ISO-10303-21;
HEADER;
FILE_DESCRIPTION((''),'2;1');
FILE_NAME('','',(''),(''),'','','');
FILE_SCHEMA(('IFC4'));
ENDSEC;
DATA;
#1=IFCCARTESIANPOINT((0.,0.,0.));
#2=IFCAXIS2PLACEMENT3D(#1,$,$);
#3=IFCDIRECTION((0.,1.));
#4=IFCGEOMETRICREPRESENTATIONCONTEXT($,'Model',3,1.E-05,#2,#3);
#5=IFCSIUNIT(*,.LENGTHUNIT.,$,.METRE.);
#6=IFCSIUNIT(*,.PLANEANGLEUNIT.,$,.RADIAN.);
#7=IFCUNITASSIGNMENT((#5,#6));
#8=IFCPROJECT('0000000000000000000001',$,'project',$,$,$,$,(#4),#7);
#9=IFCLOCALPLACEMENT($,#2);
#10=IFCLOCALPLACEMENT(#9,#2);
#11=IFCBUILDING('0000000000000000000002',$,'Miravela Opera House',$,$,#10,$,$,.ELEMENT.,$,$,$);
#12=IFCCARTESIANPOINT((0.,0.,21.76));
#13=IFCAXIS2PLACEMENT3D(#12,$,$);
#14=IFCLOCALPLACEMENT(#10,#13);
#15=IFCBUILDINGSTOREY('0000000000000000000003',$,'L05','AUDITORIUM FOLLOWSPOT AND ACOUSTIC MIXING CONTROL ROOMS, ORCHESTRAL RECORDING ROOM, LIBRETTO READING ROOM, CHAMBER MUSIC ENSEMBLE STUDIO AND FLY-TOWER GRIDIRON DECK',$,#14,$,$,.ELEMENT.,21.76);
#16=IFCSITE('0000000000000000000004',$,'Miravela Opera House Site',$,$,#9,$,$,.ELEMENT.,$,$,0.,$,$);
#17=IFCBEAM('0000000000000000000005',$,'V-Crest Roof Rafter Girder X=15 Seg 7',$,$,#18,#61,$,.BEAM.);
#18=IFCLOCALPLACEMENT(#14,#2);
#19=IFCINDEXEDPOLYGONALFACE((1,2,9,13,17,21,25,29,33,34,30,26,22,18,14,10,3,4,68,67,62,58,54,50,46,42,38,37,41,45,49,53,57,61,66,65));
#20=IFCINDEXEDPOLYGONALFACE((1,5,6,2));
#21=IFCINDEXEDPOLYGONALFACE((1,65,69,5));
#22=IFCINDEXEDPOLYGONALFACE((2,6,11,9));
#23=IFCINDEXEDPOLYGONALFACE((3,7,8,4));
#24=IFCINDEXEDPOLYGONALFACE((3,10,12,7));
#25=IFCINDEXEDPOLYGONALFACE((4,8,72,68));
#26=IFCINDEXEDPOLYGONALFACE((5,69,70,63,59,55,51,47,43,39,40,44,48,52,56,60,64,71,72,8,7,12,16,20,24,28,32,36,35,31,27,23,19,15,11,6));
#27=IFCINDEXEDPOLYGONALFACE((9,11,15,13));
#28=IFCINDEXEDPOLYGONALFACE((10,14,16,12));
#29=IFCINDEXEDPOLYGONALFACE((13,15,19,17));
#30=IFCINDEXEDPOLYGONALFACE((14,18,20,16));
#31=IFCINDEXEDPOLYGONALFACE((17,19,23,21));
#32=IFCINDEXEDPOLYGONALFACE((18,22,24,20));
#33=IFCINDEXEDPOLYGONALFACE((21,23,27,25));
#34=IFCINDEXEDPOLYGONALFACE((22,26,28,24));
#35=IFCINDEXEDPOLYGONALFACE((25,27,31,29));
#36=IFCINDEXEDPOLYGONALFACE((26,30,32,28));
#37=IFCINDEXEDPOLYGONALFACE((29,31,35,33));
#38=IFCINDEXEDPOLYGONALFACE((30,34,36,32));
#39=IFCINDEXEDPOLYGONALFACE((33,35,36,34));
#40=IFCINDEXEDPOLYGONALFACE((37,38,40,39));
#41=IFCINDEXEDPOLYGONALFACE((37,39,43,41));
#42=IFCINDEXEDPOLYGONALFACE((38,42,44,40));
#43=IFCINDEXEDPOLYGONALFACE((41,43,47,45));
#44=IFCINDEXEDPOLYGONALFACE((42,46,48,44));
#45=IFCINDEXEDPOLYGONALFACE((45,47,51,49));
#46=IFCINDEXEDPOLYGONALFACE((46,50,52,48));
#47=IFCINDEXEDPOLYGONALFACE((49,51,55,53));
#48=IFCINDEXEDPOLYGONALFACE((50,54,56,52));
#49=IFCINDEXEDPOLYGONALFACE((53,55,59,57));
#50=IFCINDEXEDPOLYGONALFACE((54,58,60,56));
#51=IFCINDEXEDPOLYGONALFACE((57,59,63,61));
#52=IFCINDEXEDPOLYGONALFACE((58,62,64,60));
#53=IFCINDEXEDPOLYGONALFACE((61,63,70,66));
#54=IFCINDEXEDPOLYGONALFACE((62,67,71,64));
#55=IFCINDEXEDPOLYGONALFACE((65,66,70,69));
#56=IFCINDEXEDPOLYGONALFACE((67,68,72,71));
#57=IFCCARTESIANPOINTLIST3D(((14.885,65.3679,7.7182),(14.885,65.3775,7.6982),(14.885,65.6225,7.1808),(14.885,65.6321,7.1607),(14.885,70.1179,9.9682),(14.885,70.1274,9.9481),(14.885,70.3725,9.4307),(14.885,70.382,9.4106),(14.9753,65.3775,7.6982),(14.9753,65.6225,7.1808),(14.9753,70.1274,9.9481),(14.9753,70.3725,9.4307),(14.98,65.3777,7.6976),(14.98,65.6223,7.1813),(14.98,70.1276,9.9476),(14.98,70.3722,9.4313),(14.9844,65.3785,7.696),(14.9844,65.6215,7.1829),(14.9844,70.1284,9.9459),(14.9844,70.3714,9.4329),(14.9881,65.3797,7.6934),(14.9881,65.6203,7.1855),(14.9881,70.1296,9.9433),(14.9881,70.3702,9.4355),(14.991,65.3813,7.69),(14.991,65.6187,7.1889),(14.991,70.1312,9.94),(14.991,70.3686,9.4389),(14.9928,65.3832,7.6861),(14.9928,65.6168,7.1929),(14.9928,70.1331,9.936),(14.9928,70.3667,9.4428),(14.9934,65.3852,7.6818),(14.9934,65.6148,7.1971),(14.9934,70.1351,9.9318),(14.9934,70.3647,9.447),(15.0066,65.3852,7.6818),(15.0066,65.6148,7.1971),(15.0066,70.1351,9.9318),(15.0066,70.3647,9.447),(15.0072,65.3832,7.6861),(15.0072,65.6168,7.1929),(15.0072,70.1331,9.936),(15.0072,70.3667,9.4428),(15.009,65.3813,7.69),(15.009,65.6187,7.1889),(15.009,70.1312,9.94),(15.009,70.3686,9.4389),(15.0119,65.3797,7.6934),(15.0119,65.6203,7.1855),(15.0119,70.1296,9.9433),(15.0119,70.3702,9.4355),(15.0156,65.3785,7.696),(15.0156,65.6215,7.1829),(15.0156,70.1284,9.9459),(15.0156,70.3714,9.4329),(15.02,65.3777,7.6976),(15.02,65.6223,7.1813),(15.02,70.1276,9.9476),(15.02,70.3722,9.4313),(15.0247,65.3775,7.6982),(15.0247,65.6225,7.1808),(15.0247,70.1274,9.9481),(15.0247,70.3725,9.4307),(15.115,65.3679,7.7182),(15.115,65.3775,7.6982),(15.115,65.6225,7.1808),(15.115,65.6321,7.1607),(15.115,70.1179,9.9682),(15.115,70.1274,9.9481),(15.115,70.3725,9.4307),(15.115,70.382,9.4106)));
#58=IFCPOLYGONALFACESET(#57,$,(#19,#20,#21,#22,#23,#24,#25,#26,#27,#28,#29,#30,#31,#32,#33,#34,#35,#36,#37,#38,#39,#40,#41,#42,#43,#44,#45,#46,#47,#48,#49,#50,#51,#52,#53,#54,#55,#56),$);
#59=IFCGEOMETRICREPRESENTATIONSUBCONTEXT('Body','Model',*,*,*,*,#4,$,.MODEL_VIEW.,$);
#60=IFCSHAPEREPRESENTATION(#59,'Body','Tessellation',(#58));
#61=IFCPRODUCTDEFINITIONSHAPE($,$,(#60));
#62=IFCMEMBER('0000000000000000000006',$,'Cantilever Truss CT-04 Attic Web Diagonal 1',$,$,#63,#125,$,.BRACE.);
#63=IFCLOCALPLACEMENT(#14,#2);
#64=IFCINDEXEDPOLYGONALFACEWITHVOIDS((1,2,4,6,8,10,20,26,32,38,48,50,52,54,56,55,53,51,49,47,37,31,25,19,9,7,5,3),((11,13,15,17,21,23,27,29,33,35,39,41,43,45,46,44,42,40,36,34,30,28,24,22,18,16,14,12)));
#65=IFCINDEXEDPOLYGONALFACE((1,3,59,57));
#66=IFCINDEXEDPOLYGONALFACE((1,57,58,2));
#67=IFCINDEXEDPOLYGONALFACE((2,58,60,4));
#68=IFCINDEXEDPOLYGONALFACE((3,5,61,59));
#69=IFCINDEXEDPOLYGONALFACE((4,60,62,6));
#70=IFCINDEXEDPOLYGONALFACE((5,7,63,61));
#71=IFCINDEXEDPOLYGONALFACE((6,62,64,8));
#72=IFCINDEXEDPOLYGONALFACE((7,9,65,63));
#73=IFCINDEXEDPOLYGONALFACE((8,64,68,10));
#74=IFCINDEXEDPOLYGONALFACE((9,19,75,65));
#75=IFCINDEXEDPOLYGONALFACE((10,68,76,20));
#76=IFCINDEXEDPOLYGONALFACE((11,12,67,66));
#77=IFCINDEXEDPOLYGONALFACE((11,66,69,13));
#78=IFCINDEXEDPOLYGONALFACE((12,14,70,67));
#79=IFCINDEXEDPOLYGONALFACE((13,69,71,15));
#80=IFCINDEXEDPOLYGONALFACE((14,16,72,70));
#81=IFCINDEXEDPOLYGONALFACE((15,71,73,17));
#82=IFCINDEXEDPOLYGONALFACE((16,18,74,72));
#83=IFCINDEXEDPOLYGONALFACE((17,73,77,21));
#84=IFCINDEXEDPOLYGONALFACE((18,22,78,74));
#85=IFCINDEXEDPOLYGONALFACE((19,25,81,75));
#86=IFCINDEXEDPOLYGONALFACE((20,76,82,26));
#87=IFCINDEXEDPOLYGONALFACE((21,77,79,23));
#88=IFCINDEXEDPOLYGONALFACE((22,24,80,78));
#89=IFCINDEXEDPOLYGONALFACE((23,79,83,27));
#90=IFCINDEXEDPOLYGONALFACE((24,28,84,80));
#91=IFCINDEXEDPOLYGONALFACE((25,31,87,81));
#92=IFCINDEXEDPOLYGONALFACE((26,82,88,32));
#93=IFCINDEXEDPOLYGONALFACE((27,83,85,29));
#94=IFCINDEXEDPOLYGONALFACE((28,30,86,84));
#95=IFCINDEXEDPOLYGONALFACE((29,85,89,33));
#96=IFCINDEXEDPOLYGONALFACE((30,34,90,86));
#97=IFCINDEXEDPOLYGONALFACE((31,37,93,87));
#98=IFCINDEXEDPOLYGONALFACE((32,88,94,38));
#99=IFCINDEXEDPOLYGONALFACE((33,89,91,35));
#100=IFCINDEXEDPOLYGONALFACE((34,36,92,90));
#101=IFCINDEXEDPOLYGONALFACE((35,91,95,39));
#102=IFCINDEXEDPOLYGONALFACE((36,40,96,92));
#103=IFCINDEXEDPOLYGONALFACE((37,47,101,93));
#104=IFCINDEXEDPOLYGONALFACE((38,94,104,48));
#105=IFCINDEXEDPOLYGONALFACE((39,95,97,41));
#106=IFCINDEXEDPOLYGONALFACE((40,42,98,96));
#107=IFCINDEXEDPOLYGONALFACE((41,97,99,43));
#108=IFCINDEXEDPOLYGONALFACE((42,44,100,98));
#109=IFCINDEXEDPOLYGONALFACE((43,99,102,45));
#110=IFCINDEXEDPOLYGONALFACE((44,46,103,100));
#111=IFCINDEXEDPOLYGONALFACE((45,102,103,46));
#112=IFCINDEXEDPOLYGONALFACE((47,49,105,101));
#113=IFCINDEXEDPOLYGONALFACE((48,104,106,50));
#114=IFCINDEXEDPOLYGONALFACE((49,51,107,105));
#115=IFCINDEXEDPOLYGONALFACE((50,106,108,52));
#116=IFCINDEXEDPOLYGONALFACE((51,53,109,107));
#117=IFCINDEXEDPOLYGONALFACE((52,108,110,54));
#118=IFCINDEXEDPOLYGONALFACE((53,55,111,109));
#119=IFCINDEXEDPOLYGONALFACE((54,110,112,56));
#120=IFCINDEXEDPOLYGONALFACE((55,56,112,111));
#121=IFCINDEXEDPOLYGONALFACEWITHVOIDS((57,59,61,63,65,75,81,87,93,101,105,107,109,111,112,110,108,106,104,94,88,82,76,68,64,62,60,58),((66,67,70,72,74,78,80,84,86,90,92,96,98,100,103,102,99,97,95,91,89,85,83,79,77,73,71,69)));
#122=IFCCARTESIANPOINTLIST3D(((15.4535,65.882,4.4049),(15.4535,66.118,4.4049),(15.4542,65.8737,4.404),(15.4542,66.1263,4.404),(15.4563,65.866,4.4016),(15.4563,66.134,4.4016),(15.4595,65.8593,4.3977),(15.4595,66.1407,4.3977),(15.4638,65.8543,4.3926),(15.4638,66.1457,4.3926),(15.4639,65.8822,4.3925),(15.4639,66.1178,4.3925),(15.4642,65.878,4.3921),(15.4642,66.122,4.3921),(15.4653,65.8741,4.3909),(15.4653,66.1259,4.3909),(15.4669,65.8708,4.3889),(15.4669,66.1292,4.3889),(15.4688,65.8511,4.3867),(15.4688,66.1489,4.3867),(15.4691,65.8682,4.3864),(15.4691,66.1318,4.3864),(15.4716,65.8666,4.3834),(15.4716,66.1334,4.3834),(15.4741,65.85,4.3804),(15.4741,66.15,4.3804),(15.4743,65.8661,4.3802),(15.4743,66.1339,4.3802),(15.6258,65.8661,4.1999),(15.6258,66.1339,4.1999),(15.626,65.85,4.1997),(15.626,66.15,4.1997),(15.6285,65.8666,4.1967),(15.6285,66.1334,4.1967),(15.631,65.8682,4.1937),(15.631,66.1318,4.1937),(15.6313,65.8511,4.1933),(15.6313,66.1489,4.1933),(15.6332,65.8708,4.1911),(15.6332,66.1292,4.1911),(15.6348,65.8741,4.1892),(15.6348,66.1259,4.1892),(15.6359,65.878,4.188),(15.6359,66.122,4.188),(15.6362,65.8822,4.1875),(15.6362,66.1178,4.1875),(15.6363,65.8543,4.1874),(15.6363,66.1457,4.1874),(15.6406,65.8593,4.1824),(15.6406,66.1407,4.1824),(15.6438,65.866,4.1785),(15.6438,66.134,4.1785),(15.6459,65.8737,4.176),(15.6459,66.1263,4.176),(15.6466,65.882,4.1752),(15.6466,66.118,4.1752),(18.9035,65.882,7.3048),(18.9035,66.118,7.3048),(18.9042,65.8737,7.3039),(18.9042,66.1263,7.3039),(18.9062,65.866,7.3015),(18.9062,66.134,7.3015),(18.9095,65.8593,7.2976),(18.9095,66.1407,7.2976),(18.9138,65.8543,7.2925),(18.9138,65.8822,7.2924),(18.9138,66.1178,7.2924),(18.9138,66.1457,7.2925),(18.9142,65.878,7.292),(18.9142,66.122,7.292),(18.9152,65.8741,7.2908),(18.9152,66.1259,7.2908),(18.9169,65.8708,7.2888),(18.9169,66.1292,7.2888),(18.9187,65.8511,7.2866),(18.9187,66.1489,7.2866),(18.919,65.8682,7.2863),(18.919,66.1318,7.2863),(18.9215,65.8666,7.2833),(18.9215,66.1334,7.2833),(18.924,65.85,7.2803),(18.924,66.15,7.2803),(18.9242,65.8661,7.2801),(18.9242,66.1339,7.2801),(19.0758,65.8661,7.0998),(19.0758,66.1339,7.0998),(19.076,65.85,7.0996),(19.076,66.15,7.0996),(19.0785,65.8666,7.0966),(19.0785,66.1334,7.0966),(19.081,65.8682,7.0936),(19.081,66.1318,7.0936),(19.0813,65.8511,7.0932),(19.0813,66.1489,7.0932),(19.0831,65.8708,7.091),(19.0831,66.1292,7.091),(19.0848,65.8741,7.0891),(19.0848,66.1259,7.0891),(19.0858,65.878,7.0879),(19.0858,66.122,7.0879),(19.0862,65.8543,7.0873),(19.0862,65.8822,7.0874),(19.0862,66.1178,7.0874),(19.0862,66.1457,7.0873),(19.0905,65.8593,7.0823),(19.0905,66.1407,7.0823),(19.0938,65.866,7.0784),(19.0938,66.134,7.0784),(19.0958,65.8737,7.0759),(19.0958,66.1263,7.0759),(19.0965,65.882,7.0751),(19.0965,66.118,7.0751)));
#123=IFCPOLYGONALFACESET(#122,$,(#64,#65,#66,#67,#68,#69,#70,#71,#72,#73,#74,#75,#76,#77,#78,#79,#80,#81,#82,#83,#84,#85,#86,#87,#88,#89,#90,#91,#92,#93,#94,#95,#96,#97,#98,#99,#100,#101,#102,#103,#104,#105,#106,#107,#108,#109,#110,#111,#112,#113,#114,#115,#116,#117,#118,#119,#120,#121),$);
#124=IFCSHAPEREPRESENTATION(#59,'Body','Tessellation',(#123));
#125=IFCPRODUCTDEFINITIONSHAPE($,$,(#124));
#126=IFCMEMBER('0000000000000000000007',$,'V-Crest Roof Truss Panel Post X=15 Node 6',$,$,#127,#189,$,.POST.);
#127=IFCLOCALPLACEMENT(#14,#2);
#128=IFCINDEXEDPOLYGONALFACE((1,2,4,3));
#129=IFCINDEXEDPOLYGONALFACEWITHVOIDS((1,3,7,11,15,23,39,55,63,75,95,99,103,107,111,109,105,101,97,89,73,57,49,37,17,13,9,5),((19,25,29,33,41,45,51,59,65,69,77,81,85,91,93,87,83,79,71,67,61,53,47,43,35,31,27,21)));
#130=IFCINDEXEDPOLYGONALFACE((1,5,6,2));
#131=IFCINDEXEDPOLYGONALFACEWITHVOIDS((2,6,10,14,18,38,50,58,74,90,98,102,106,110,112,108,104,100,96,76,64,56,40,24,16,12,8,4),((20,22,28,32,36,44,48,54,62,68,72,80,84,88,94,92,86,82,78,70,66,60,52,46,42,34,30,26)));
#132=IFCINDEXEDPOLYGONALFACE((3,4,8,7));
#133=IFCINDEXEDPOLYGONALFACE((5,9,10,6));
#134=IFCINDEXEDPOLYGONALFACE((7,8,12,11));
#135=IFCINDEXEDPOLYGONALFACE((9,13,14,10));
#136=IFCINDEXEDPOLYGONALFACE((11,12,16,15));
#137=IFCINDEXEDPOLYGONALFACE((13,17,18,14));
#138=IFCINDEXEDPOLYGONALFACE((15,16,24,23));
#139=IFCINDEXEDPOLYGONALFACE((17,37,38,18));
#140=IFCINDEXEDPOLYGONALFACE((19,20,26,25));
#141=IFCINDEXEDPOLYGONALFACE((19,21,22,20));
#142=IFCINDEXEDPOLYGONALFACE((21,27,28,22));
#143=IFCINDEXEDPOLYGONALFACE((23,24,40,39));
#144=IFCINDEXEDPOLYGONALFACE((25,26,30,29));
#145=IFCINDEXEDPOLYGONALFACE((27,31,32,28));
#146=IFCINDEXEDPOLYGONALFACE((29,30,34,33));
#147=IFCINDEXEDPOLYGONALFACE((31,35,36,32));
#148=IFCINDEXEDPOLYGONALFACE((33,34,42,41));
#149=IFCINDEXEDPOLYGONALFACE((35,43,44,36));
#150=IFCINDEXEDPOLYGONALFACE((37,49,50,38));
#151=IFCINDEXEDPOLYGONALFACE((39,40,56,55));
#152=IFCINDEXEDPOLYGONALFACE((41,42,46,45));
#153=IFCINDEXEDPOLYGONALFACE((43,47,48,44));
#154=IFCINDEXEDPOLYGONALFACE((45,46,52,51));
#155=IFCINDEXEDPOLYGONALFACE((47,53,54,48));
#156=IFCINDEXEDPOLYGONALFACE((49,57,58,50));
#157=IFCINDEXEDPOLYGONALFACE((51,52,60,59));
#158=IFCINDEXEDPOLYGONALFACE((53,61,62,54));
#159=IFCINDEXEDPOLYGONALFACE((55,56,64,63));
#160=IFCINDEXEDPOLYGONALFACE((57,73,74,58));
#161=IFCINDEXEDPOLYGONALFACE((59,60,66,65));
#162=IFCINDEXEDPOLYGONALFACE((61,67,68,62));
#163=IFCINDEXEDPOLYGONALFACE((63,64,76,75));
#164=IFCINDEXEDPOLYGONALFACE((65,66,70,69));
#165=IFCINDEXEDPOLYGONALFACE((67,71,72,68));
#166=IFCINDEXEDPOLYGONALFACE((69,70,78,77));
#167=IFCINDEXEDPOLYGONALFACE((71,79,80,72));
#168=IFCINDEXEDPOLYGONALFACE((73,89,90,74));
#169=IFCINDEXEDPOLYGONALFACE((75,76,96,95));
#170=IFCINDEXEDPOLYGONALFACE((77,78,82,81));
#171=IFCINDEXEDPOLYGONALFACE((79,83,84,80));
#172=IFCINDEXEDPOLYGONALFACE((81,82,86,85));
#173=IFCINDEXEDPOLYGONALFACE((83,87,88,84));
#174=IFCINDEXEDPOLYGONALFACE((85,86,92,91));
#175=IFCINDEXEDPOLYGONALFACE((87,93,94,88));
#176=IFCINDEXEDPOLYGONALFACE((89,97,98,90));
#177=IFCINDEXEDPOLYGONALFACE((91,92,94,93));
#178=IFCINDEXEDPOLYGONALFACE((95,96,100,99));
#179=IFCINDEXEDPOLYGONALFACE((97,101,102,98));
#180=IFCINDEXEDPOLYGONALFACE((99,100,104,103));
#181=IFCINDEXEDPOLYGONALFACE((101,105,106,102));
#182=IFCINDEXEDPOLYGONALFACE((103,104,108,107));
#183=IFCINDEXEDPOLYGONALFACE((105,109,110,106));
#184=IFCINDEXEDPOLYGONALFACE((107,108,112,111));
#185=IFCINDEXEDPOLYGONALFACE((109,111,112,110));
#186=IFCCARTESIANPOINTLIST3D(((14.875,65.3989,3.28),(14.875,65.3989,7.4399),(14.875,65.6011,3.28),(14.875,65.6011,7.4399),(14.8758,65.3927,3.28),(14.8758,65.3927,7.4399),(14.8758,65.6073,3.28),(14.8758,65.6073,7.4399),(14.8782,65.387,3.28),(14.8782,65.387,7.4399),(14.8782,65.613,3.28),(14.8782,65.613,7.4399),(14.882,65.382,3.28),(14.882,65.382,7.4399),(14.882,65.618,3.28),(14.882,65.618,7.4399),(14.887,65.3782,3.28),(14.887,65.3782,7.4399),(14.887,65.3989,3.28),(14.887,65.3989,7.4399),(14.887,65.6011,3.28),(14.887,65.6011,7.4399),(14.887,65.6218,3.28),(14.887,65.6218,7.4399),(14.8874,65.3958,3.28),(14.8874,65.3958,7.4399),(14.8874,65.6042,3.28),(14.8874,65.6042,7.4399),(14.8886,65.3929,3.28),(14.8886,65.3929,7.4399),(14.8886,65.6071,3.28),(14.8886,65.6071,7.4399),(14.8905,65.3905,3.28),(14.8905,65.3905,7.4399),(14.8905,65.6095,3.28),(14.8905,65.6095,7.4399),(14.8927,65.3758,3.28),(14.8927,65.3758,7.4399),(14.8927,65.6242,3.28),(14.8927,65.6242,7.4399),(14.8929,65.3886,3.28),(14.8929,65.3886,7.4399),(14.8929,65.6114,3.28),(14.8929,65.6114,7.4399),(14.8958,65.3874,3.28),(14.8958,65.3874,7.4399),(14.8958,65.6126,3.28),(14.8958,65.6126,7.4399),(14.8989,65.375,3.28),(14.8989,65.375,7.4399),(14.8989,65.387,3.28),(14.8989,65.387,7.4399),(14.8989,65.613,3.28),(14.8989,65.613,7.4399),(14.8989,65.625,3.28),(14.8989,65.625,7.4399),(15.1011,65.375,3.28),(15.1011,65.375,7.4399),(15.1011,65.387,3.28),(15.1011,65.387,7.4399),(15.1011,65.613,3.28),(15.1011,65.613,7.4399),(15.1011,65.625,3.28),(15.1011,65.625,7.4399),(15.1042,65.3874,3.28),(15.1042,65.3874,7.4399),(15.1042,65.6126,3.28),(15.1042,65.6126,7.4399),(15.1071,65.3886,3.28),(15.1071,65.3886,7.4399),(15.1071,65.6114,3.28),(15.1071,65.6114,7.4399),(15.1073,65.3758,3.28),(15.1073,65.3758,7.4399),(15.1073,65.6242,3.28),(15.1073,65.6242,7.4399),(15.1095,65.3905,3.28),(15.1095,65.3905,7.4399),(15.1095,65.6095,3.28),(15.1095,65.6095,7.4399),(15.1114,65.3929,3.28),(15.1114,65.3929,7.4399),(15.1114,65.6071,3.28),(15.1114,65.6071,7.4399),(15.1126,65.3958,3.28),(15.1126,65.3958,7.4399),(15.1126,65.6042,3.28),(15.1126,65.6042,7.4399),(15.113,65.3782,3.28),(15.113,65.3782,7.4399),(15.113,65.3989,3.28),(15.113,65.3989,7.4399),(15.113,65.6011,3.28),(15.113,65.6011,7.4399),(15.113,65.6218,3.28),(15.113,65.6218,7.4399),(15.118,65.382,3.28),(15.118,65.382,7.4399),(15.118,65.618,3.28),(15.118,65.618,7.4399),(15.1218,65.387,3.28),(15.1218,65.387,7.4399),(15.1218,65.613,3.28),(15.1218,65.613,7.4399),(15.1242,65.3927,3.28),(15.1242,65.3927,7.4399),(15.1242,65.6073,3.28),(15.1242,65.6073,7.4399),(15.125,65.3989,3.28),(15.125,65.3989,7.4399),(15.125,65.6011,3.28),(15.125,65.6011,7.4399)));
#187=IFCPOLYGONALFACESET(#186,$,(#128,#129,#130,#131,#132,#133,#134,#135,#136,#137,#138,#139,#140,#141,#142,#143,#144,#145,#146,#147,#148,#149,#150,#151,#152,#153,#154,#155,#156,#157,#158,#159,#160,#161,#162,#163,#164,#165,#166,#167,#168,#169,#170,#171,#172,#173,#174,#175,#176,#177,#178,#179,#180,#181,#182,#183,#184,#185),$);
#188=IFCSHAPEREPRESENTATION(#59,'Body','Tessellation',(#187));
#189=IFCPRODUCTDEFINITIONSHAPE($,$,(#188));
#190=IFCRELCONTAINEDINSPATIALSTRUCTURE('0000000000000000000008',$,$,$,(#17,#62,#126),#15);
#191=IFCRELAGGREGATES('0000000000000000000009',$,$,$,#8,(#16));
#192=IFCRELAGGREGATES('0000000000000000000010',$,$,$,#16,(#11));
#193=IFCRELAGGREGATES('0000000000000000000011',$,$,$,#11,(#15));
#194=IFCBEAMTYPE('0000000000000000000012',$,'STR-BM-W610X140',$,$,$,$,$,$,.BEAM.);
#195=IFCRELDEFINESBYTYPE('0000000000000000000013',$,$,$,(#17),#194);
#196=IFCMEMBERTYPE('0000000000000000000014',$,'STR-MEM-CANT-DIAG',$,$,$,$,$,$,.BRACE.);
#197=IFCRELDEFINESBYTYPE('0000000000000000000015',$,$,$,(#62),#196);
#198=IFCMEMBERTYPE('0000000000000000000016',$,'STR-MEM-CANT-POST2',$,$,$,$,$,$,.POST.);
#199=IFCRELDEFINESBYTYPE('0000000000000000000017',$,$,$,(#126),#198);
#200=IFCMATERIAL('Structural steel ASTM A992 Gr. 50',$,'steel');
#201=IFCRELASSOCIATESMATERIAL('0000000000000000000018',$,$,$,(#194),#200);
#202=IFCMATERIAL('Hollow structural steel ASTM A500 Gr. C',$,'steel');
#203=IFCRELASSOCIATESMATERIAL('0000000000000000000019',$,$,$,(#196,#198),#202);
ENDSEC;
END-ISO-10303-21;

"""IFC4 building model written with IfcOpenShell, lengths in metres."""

from ifc_helpers import new_model, si_unit, direction, frame, origin, origin_2d, place, context, subcontext, project, spatial, hollow_rectangle, i_section, extrude, material, material_profile, profile_set, type_object, element, save


model = new_model("IFC4")

# Units and contexts
model_context = context("Model", 3, precision=1e-05, world=origin(), true_north=direction((0.0, 1.0)))
body_context = subcontext(model_context, "Body", "Model", "MODEL_VIEW")
ifc_project = project(units=[si_unit("LENGTHUNIT", "METRE"), si_unit("PLANEANGLEUNIT", "RADIAN")], contexts=[model_context])

# Site, building, storey
site_placement = place(None, origin())
site = spatial("IfcSite", under=ifc_project, at=site_placement, Name="Miravela Opera House Site", CompositionType="ELEMENT", RefElevation=0.0)
building_placement = place(site_placement, origin())
building = spatial("IfcBuilding", under=site, at=building_placement, Name="Miravela Opera House", CompositionType="ELEMENT")
storey_placement = place(building_placement, frame((0.0, 0.0, 21.76)))
storey = spatial("IfcBuildingStorey", under=building, at=storey_placement, Name="L05", Description="AUDITORIUM FOLLOWSPOT AND ACOUSTIC MIXING CONTROL ROOMS, ORCHESTRAL RECORDING ROOM, LIBRETTO READING ROOM, CHAMBER MUSIC ENSEMBLE STUDIO AND FLY-TOWER GRIDIRON DECK", CompositionType="ELEMENT", Elevation=21.76)

# Beam
ifc_material_1 = material(Name="Structural steel ASTM A992 Gr. 50", Category="steel")
ifc_material_profile_1 = material_profile(ifc_material_1, i_section(OverallWidth=0.23, OverallDepth=0.6169, WebThickness=0.0132, FlangeThickness=0.0222, FilletRadius=0.0181, at=origin_2d()), Name="W610X140")
ifc_profile_set_1 = profile_set([ifc_material_profile_1])
beam_type_1 = type_object("IfcBeamType", Name="STR-BM-W610X140", PredefinedType="BEAM", material=ifc_profile_set_1)
beam_1_placement = place(storey_placement, frame((15.0, 65.5, 7.4395), z_axis=(0.0, 0.903738, 0.428086), x_axis=(-1.0, 0.0, 0.0)))
element("IfcBeam", 1, at=beam_1_placement, inside=storey, type_object=beam_type_1, Name="V-Crest Roof Rafter Girder X=15 Seg 7", PredefinedType="BEAM", context=body_context, shape_type="SweptSolid", body=[
    extrude(i_section(OverallWidth=0.23, OverallDepth=0.6169, WebThickness=0.0132, FlangeThickness=0.0222, FilletRadius=0.0181, at=origin_2d()), origin(), (0.0, 0.0, 1.0), 5.2559),
])

# Members
ifc_material_2 = material(Name="Hollow structural steel ASTM A500 Gr. C", Category="steel")
ifc_material_profile_2 = material_profile(ifc_material_2, hollow_rectangle(XDim=0.3, YDim=0.3, WallThickness=0.0161, InnerFilletRadius=0.0161, OuterFilletRadius=0.032, at=origin_2d()), Name="HSS300X300X16")
ifc_profile_set_2 = profile_set([ifc_material_profile_2])
member_type_1 = type_object("IfcMemberType", Name="STR-MEM-CANT-DIAG", PredefinedType="BRACE", material=ifc_profile_set_2)
member_1_placement = place(storey_placement, frame((15.55, 66.0, 4.29), z_axis=(0.765492, 0.0, 0.643445), x_axis=(0.0, 1.0, 0.0)))
element("IfcMember", 2, at=member_1_placement, inside=storey, type_object=member_type_1, Name="Cantilever Truss CT-04 Attic Web Diagonal 1", PredefinedType="BRACE", context=body_context, shape_type="SweptSolid", body=[
    extrude(hollow_rectangle(XDim=0.3, YDim=0.3, WallThickness=0.0161, InnerFilletRadius=0.0161, OuterFilletRadius=0.032, at=origin_2d()), origin(), (0.0, 0.0, 1.0), 4.5068),
])
ifc_material_profile_3 = material_profile(ifc_material_2, hollow_rectangle(XDim=0.25, YDim=0.25, WallThickness=0.012, InnerFilletRadius=0.012, OuterFilletRadius=0.0239, at=origin_2d()), Name="HSS250X250X12")
ifc_profile_set_3 = profile_set([ifc_material_profile_3])
member_type_2 = type_object("IfcMemberType", Name="STR-MEM-CANT-POST2", PredefinedType="POST", material=ifc_profile_set_3)
member_2_placement = place(storey_placement, frame((15.0, 65.5, 3.28), z_axis=(0.0, 0.0, 1.0), x_axis=(1.0, 0.0, 0.0)))
element("IfcMember", 3, at=member_2_placement, inside=storey, type_object=member_type_2, Name="V-Crest Roof Truss Panel Post X=15 Node 6", PredefinedType="POST", context=body_context, shape_type="SweptSolid", body=[
    extrude(hollow_rectangle(XDim=0.25, YDim=0.25, WallThickness=0.012, InnerFilletRadius=0.012, OuterFilletRadius=0.0239, at=origin_2d()), origin(), (0.0, 0.0, 1.0), 4.1599),
])

save(model, "model.ifc")
